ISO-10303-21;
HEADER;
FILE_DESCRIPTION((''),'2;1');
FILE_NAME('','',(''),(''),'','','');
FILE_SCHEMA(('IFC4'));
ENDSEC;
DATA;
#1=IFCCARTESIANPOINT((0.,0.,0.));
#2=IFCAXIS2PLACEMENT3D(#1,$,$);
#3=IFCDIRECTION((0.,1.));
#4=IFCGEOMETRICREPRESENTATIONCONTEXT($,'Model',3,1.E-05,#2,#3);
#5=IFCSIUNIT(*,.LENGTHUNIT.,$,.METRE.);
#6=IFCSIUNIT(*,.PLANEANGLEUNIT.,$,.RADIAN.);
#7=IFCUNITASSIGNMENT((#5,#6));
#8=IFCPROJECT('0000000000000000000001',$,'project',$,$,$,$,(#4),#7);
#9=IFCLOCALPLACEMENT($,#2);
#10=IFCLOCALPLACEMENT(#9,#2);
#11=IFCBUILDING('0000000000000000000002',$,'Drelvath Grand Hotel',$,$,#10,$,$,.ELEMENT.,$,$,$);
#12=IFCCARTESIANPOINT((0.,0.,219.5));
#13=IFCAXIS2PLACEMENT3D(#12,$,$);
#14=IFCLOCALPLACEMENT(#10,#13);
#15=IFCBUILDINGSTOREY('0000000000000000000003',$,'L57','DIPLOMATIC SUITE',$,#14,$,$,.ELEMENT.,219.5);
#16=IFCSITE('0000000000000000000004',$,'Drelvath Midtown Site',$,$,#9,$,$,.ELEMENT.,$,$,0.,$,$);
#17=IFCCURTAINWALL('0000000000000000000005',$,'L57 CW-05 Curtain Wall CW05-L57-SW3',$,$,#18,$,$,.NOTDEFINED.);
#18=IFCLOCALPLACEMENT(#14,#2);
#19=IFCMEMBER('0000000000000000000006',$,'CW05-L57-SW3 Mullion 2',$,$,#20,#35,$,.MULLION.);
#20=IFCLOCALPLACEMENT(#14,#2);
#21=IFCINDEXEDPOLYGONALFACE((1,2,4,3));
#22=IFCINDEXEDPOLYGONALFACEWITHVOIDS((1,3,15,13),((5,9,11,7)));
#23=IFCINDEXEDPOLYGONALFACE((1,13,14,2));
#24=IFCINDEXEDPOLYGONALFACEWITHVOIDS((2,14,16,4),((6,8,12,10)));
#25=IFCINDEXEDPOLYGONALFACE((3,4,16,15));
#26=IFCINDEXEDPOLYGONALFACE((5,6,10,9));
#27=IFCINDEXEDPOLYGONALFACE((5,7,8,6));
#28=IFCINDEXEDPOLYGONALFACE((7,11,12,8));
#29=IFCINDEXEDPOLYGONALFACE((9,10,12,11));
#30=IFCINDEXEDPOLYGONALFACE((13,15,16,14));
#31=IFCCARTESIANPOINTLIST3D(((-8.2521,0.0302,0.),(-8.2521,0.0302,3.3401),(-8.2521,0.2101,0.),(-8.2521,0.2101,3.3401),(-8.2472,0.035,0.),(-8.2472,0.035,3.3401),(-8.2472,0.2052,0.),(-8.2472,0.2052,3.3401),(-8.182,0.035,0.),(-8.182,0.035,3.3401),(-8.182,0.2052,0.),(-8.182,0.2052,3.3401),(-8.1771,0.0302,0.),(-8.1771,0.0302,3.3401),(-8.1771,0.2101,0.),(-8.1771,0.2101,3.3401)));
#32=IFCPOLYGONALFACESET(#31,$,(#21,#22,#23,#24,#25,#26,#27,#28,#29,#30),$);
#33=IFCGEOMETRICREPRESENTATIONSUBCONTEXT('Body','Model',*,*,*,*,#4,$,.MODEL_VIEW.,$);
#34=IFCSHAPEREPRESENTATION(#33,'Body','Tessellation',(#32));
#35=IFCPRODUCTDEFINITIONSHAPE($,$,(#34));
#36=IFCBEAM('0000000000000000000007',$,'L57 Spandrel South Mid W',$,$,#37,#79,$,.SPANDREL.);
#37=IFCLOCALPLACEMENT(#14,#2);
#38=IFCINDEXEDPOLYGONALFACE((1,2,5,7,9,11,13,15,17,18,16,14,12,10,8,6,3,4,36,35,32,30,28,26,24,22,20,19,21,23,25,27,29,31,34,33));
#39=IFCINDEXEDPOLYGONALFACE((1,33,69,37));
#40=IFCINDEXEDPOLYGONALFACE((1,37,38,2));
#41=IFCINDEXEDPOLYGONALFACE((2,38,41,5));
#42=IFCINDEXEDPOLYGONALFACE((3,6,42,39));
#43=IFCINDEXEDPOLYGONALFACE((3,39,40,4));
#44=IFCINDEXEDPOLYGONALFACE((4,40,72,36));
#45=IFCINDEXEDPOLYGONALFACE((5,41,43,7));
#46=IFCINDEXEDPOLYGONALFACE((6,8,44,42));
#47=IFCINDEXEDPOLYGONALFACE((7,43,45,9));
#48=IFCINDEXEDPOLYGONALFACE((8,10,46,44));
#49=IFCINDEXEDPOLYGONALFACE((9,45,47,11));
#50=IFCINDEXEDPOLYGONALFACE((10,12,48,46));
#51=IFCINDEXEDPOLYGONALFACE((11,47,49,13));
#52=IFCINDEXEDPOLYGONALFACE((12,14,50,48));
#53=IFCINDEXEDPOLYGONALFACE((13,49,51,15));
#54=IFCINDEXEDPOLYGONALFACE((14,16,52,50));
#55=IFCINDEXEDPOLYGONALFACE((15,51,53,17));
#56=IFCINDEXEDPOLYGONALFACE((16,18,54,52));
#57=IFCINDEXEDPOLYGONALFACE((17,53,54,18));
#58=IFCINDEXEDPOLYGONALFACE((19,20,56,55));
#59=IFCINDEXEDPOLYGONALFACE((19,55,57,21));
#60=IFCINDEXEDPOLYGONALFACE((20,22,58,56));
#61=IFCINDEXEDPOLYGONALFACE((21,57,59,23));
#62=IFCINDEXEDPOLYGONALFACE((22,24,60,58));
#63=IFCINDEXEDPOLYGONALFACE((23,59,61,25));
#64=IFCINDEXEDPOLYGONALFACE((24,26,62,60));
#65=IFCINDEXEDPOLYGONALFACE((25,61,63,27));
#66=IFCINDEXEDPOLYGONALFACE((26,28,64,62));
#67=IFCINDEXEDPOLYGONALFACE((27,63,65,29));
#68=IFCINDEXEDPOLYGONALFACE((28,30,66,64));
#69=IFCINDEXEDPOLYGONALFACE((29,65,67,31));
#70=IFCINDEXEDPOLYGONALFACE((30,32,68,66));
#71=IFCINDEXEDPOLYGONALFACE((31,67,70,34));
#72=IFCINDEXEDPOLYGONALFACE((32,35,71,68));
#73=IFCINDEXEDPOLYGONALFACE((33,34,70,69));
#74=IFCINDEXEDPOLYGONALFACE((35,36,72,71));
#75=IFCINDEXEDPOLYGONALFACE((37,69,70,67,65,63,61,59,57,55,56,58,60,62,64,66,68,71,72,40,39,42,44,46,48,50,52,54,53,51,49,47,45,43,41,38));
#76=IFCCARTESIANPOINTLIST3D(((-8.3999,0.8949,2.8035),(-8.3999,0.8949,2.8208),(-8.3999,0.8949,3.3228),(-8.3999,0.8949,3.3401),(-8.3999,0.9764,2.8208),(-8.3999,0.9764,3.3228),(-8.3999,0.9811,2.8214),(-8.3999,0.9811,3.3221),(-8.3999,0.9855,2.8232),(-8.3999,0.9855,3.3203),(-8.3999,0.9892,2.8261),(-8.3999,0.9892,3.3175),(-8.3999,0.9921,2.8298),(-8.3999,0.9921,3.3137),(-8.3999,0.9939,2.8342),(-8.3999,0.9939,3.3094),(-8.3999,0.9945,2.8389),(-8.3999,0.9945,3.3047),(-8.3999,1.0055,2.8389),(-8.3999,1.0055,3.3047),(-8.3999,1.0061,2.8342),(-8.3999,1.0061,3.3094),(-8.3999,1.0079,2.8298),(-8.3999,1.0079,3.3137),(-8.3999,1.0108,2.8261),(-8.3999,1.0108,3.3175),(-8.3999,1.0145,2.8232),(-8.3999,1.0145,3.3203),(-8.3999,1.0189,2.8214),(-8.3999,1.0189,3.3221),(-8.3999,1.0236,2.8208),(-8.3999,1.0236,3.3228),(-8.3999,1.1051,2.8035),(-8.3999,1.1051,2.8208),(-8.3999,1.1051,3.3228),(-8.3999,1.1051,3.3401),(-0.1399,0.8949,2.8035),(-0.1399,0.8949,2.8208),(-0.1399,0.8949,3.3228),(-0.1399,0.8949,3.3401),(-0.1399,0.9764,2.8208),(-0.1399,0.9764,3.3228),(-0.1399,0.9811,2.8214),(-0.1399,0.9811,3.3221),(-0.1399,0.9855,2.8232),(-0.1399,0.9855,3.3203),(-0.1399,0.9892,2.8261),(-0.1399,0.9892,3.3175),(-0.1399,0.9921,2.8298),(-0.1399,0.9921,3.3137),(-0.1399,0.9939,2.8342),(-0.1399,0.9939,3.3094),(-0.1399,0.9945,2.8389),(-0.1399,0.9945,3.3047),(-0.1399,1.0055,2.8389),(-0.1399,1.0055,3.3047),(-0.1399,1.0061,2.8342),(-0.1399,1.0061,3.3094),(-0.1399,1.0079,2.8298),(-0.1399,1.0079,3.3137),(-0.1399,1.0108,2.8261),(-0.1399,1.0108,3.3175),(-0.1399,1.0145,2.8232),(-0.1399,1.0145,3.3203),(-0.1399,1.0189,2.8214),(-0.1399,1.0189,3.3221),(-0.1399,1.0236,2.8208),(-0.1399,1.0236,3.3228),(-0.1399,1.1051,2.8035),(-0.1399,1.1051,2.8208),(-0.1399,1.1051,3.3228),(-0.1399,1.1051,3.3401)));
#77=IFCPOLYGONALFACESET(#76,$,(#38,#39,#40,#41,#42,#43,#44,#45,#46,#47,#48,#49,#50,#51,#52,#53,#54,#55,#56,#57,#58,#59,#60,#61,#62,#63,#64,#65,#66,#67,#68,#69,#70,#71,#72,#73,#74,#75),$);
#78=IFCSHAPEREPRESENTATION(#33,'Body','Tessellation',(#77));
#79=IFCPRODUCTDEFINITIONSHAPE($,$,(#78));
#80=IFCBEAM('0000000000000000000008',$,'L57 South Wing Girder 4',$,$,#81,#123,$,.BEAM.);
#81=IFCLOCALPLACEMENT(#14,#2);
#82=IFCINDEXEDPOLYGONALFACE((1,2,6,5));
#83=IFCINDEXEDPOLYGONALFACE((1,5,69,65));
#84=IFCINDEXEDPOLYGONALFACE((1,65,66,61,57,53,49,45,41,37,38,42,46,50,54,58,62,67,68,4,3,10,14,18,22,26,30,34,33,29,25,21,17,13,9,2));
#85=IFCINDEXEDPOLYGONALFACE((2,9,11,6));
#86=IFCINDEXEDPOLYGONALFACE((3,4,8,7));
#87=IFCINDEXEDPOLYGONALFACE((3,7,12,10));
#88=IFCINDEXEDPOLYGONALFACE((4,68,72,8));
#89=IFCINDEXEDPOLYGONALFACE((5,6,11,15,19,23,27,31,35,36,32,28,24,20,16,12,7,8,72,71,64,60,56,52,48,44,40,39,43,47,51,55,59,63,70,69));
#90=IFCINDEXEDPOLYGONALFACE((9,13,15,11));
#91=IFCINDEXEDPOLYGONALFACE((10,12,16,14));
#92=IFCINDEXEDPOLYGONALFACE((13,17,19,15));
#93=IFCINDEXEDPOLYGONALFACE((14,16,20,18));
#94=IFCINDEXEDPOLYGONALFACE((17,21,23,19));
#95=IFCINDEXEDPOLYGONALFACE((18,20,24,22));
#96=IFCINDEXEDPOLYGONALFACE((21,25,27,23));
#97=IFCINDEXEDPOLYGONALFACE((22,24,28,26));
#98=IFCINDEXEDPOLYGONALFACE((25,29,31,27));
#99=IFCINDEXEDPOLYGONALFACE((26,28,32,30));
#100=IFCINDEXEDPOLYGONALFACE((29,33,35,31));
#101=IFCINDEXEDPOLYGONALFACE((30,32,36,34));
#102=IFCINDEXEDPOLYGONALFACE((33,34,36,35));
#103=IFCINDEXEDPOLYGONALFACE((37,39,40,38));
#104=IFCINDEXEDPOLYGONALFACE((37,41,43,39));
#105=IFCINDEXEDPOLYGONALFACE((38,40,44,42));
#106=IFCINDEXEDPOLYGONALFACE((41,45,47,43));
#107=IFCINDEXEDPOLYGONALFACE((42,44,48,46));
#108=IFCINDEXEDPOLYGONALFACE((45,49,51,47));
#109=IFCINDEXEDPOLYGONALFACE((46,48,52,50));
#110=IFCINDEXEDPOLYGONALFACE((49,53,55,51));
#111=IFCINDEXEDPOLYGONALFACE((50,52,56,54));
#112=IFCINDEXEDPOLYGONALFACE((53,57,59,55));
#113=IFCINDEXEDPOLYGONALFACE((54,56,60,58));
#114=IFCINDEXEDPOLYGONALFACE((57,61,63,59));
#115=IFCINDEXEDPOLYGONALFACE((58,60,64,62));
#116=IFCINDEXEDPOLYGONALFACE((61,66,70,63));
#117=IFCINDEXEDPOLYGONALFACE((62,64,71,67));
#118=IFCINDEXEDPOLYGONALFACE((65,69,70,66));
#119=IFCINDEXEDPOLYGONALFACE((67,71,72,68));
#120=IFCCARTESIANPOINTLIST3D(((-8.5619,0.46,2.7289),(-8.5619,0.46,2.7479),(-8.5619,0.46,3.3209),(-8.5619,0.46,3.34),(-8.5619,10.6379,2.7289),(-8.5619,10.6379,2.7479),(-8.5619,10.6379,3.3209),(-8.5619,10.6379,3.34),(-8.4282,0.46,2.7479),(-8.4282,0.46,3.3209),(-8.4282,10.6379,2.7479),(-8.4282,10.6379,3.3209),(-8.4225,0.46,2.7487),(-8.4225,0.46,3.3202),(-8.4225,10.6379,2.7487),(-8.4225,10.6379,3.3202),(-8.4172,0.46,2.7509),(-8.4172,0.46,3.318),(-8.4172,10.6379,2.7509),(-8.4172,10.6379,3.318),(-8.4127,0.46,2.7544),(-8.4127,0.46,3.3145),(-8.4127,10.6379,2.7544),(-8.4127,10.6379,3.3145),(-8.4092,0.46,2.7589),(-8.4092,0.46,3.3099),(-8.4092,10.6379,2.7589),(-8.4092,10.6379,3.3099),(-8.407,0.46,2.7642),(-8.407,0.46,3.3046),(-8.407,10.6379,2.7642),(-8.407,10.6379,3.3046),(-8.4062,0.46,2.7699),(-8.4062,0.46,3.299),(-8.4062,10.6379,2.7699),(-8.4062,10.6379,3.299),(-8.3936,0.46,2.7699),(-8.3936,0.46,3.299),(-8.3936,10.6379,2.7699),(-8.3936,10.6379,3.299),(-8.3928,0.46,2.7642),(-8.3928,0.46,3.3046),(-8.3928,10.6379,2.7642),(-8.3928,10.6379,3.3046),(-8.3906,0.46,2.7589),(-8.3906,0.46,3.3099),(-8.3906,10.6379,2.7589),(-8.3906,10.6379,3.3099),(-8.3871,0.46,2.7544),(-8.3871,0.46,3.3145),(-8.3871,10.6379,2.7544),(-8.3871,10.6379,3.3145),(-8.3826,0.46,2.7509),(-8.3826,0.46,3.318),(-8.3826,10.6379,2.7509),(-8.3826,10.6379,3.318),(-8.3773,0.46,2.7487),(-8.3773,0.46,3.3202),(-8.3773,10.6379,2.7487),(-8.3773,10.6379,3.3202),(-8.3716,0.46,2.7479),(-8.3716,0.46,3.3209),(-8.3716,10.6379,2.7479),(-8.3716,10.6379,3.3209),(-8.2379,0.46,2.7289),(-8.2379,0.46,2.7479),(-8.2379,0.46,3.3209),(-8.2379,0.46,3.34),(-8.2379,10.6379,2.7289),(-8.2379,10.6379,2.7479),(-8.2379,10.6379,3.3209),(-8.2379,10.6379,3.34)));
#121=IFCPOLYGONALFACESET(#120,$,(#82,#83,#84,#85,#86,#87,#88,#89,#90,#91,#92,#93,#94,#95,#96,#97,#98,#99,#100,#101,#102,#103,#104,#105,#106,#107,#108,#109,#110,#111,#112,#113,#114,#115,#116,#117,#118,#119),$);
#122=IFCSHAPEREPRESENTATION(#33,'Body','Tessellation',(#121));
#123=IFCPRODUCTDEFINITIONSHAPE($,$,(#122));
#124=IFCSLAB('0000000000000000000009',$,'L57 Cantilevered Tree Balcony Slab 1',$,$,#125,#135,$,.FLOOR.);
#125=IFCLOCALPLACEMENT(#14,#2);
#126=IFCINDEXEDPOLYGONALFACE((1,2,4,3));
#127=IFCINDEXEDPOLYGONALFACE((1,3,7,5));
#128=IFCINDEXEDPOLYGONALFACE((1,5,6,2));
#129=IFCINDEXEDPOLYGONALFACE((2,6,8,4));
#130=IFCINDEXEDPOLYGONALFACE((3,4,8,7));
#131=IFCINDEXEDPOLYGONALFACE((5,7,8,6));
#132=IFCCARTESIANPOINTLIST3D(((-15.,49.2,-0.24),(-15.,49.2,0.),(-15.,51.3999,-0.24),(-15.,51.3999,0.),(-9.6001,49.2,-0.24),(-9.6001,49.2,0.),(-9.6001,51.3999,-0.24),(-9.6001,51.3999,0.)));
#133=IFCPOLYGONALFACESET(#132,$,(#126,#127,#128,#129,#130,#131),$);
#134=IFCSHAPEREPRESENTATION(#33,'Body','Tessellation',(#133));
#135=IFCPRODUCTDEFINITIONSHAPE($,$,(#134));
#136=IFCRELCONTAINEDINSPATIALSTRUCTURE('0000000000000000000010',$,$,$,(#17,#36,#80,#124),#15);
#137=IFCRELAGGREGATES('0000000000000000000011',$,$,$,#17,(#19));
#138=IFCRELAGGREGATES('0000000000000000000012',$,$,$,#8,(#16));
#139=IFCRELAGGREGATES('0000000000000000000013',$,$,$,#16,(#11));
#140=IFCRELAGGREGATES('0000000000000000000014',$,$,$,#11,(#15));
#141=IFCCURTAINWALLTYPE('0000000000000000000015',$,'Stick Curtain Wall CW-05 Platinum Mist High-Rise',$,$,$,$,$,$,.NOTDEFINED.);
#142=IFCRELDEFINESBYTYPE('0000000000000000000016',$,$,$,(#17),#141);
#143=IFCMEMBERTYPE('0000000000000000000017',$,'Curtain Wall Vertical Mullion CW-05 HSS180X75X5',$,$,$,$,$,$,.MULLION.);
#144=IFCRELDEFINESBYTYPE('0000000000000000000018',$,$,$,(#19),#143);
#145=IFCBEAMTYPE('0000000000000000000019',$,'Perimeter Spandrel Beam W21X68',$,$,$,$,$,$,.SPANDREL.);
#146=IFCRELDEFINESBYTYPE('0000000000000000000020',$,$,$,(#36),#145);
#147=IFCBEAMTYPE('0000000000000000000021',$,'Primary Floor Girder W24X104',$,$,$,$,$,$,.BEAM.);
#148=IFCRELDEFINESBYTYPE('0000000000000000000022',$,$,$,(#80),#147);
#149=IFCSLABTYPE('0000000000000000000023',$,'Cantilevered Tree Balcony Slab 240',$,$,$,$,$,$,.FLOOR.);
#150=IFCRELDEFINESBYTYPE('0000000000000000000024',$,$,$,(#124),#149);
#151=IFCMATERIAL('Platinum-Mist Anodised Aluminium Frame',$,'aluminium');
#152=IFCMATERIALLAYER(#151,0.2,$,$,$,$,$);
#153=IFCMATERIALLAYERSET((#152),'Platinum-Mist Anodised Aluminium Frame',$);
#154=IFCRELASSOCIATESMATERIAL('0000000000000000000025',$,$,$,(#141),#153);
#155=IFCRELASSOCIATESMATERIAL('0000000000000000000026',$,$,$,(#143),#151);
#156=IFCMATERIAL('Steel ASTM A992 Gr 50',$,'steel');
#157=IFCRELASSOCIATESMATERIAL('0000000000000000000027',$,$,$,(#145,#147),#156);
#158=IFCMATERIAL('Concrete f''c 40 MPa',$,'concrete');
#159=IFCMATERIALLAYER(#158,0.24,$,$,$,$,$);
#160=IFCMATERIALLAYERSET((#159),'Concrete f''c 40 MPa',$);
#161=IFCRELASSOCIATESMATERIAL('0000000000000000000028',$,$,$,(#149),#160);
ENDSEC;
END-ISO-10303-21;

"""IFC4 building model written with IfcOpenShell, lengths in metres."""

from ifc_helpers import new_model, si_unit, direction, frame, origin, origin_2d, place, context, subcontext, project, spatial, polyline, hollow_rectangle, i_section, outline, extrude, material, layer, layer_set, material_profile, profile_set, type_object, element, aggregate, save


model = new_model("IFC4")

# Units and contexts
model_context = context("Model", 3, precision=1e-05, world=origin(), true_north=direction((0.0, 1.0)))
body_context = subcontext(model_context, "Body", "Model", "MODEL_VIEW")
ifc_project = project(units=[si_unit("LENGTHUNIT", "METRE"), si_unit("PLANEANGLEUNIT", "RADIAN")], contexts=[model_context])

# Site, building, storey
site_placement = place(None, origin())
site = spatial("IfcSite", under=ifc_project, at=site_placement, Name="Drelvath Midtown Site", CompositionType="ELEMENT", RefElevation=0.0)
building_placement = place(site_placement, origin())
building = spatial("IfcBuilding", under=site, at=building_placement, Name="Drelvath Grand Hotel", CompositionType="ELEMENT")
storey_placement = place(building_placement, frame((0.0, 0.0, 219.5)))
storey = spatial("IfcBuildingStorey", under=building, at=storey_placement, Name="L57", Description="DIPLOMATIC SUITE", CompositionType="ELEMENT", Elevation=219.5)

# Curtain wall
ifc_material_1 = material(Name="Platinum-Mist Anodised Aluminium Frame", Category="aluminium")
ifc_layer_1 = layer(ifc_material_1, 0.2)
ifc_layer_set_1 = layer_set([ifc_layer_1], Name="Platinum-Mist Anodised Aluminium Frame")
curtain_wall_type = type_object("IfcCurtainWallType", Name="Stick Curtain Wall CW-05 Platinum Mist High-Rise", PredefinedType="NOTDEFINED", material=ifc_layer_set_1)
curtain_wall_1_placement = place(storey_placement, origin())
curtain_wall_1 = element("IfcCurtainWall", 1, at=curtain_wall_1_placement, inside=storey, type_object=curtain_wall_type, Name="L57 CW-05 Curtain Wall CW05-L57-SW3", PredefinedType="NOTDEFINED")

# Member
ifc_material_profile_1 = material_profile(ifc_material_1, hollow_rectangle(XDim=0.075, YDim=0.1799, WallThickness=0.0049, at=origin_2d()), Name="HSS180X75X5")
ifc_profile_set_1 = profile_set([ifc_material_profile_1], Name="Platinum-Mist Anodised Aluminium Frame")
member_type_1 = type_object("IfcMemberType", Name="Curtain Wall Vertical Mullion CW-05 HSS180X75X5", PredefinedType="MULLION", material=ifc_profile_set_1)
member_1_placement = place(storey_placement, frame((-8.2146, 0.1201, 0.0), z_axis=(0.0, 0.0, 1.0), x_axis=(1.0, 0.0, 0.0)))
member_1 = element("IfcMember", 2, at=member_1_placement, type_object=member_type_1, Name="CW05-L57-SW3 Mullion 2", PredefinedType="MULLION", context=body_context, shape_type="SweptSolid", body=[
    extrude(hollow_rectangle(XDim=0.075, YDim=0.1799, WallThickness=0.0049, at=origin_2d()), origin(), (0.0, 0.0, 1.0), 3.3401),
])

# Beams
ifc_material_2 = material(Name="Steel ASTM A992 Gr 50", Category="steel")
ifc_material_profile_2 = material_profile(ifc_material_2, i_section(OverallWidth=0.2102, OverallDepth=0.5366, WebThickness=0.011, FlangeThickness=0.0173, FilletRadius=0.0181, at=origin_2d()), Name="W21X68")
ifc_profile_set_2 = profile_set([ifc_material_profile_2], Name="Steel ASTM A992 Gr 50")
beam_type_1 = type_object("IfcBeamType", Name="Perimeter Spandrel Beam W21X68", PredefinedType="SPANDREL", material=ifc_profile_set_2)
beam_1_placement = place(storey_placement, frame((-8.3999, 1.0, 3.0718), z_axis=(1.0, 0.0, 0.0), x_axis=(0.0, 1.0, 0.0)))
element("IfcBeam", 3, at=beam_1_placement, inside=storey, type_object=beam_type_1, Name="L57 Spandrel South Mid W", PredefinedType="SPANDREL", context=body_context, shape_type="SweptSolid", body=[
    extrude(i_section(OverallWidth=0.2102, OverallDepth=0.5366, WebThickness=0.011, FlangeThickness=0.0173, FilletRadius=0.0181, at=origin_2d()), origin(), (0.0, 0.0, 1.0), 8.26),
])
ifc_material_profile_3 = material_profile(ifc_material_2, i_section(OverallWidth=0.324, OverallDepth=0.6111, WebThickness=0.0127, FlangeThickness=0.019, FilletRadius=0.022, at=origin_2d()), Name="W24X104")
ifc_profile_set_3 = profile_set([ifc_material_profile_3], Name="Steel ASTM A992 Gr 50")
beam_type_2 = type_object("IfcBeamType", Name="Primary Floor Girder W24X104", PredefinedType="BEAM", material=ifc_profile_set_3)
beam_2_placement = place(storey_placement, frame((-8.3999, 0.46, 3.0344), z_axis=(0.0, 1.0, 0.0), x_axis=(-1.0, 0.0, 0.0)))
element("IfcBeam", 4, at=beam_2_placement, inside=storey, type_object=beam_type_2, Name="L57 South Wing Girder 4", PredefinedType="BEAM", context=body_context, shape_type="SweptSolid", body=[
    extrude(i_section(OverallWidth=0.324, OverallDepth=0.6111, WebThickness=0.0127, FlangeThickness=0.019, FilletRadius=0.022, at=origin_2d()), origin(), (0.0, 0.0, 1.0), 10.178),
])

# Slab
ifc_material_3 = material(Name="Concrete f'c 40 MPa", Category="concrete")
ifc_layer_2 = layer(ifc_material_3, 0.24)
ifc_layer_set_2 = layer_set([ifc_layer_2], Name="Concrete f'c 40 MPa")
slab_type_1 = type_object("IfcSlabType", Name="Cantilevered Tree Balcony Slab 240", PredefinedType="FLOOR", material=ifc_layer_set_2)
slab_1_placement = place(storey_placement, frame((0.0, 0.0, -0.24)))
element("IfcSlab", 5, at=slab_1_placement, inside=storey, type_object=slab_type_1, Name="L57 Cantilevered Tree Balcony Slab 1", PredefinedType="FLOOR", context=body_context, shape_type="SweptSolid", body=[
    extrude(outline(polyline([(-15.0, 49.2), (-9.6001, 49.2), (-9.6001, 51.3999), (-15.0, 51.3999), (-15.0, 49.2)])), origin(), (0.0, 0.0, 1.0), 0.24),
])

aggregate(curtain_wall_1, [member_1])

save(model, "model.ifc")
